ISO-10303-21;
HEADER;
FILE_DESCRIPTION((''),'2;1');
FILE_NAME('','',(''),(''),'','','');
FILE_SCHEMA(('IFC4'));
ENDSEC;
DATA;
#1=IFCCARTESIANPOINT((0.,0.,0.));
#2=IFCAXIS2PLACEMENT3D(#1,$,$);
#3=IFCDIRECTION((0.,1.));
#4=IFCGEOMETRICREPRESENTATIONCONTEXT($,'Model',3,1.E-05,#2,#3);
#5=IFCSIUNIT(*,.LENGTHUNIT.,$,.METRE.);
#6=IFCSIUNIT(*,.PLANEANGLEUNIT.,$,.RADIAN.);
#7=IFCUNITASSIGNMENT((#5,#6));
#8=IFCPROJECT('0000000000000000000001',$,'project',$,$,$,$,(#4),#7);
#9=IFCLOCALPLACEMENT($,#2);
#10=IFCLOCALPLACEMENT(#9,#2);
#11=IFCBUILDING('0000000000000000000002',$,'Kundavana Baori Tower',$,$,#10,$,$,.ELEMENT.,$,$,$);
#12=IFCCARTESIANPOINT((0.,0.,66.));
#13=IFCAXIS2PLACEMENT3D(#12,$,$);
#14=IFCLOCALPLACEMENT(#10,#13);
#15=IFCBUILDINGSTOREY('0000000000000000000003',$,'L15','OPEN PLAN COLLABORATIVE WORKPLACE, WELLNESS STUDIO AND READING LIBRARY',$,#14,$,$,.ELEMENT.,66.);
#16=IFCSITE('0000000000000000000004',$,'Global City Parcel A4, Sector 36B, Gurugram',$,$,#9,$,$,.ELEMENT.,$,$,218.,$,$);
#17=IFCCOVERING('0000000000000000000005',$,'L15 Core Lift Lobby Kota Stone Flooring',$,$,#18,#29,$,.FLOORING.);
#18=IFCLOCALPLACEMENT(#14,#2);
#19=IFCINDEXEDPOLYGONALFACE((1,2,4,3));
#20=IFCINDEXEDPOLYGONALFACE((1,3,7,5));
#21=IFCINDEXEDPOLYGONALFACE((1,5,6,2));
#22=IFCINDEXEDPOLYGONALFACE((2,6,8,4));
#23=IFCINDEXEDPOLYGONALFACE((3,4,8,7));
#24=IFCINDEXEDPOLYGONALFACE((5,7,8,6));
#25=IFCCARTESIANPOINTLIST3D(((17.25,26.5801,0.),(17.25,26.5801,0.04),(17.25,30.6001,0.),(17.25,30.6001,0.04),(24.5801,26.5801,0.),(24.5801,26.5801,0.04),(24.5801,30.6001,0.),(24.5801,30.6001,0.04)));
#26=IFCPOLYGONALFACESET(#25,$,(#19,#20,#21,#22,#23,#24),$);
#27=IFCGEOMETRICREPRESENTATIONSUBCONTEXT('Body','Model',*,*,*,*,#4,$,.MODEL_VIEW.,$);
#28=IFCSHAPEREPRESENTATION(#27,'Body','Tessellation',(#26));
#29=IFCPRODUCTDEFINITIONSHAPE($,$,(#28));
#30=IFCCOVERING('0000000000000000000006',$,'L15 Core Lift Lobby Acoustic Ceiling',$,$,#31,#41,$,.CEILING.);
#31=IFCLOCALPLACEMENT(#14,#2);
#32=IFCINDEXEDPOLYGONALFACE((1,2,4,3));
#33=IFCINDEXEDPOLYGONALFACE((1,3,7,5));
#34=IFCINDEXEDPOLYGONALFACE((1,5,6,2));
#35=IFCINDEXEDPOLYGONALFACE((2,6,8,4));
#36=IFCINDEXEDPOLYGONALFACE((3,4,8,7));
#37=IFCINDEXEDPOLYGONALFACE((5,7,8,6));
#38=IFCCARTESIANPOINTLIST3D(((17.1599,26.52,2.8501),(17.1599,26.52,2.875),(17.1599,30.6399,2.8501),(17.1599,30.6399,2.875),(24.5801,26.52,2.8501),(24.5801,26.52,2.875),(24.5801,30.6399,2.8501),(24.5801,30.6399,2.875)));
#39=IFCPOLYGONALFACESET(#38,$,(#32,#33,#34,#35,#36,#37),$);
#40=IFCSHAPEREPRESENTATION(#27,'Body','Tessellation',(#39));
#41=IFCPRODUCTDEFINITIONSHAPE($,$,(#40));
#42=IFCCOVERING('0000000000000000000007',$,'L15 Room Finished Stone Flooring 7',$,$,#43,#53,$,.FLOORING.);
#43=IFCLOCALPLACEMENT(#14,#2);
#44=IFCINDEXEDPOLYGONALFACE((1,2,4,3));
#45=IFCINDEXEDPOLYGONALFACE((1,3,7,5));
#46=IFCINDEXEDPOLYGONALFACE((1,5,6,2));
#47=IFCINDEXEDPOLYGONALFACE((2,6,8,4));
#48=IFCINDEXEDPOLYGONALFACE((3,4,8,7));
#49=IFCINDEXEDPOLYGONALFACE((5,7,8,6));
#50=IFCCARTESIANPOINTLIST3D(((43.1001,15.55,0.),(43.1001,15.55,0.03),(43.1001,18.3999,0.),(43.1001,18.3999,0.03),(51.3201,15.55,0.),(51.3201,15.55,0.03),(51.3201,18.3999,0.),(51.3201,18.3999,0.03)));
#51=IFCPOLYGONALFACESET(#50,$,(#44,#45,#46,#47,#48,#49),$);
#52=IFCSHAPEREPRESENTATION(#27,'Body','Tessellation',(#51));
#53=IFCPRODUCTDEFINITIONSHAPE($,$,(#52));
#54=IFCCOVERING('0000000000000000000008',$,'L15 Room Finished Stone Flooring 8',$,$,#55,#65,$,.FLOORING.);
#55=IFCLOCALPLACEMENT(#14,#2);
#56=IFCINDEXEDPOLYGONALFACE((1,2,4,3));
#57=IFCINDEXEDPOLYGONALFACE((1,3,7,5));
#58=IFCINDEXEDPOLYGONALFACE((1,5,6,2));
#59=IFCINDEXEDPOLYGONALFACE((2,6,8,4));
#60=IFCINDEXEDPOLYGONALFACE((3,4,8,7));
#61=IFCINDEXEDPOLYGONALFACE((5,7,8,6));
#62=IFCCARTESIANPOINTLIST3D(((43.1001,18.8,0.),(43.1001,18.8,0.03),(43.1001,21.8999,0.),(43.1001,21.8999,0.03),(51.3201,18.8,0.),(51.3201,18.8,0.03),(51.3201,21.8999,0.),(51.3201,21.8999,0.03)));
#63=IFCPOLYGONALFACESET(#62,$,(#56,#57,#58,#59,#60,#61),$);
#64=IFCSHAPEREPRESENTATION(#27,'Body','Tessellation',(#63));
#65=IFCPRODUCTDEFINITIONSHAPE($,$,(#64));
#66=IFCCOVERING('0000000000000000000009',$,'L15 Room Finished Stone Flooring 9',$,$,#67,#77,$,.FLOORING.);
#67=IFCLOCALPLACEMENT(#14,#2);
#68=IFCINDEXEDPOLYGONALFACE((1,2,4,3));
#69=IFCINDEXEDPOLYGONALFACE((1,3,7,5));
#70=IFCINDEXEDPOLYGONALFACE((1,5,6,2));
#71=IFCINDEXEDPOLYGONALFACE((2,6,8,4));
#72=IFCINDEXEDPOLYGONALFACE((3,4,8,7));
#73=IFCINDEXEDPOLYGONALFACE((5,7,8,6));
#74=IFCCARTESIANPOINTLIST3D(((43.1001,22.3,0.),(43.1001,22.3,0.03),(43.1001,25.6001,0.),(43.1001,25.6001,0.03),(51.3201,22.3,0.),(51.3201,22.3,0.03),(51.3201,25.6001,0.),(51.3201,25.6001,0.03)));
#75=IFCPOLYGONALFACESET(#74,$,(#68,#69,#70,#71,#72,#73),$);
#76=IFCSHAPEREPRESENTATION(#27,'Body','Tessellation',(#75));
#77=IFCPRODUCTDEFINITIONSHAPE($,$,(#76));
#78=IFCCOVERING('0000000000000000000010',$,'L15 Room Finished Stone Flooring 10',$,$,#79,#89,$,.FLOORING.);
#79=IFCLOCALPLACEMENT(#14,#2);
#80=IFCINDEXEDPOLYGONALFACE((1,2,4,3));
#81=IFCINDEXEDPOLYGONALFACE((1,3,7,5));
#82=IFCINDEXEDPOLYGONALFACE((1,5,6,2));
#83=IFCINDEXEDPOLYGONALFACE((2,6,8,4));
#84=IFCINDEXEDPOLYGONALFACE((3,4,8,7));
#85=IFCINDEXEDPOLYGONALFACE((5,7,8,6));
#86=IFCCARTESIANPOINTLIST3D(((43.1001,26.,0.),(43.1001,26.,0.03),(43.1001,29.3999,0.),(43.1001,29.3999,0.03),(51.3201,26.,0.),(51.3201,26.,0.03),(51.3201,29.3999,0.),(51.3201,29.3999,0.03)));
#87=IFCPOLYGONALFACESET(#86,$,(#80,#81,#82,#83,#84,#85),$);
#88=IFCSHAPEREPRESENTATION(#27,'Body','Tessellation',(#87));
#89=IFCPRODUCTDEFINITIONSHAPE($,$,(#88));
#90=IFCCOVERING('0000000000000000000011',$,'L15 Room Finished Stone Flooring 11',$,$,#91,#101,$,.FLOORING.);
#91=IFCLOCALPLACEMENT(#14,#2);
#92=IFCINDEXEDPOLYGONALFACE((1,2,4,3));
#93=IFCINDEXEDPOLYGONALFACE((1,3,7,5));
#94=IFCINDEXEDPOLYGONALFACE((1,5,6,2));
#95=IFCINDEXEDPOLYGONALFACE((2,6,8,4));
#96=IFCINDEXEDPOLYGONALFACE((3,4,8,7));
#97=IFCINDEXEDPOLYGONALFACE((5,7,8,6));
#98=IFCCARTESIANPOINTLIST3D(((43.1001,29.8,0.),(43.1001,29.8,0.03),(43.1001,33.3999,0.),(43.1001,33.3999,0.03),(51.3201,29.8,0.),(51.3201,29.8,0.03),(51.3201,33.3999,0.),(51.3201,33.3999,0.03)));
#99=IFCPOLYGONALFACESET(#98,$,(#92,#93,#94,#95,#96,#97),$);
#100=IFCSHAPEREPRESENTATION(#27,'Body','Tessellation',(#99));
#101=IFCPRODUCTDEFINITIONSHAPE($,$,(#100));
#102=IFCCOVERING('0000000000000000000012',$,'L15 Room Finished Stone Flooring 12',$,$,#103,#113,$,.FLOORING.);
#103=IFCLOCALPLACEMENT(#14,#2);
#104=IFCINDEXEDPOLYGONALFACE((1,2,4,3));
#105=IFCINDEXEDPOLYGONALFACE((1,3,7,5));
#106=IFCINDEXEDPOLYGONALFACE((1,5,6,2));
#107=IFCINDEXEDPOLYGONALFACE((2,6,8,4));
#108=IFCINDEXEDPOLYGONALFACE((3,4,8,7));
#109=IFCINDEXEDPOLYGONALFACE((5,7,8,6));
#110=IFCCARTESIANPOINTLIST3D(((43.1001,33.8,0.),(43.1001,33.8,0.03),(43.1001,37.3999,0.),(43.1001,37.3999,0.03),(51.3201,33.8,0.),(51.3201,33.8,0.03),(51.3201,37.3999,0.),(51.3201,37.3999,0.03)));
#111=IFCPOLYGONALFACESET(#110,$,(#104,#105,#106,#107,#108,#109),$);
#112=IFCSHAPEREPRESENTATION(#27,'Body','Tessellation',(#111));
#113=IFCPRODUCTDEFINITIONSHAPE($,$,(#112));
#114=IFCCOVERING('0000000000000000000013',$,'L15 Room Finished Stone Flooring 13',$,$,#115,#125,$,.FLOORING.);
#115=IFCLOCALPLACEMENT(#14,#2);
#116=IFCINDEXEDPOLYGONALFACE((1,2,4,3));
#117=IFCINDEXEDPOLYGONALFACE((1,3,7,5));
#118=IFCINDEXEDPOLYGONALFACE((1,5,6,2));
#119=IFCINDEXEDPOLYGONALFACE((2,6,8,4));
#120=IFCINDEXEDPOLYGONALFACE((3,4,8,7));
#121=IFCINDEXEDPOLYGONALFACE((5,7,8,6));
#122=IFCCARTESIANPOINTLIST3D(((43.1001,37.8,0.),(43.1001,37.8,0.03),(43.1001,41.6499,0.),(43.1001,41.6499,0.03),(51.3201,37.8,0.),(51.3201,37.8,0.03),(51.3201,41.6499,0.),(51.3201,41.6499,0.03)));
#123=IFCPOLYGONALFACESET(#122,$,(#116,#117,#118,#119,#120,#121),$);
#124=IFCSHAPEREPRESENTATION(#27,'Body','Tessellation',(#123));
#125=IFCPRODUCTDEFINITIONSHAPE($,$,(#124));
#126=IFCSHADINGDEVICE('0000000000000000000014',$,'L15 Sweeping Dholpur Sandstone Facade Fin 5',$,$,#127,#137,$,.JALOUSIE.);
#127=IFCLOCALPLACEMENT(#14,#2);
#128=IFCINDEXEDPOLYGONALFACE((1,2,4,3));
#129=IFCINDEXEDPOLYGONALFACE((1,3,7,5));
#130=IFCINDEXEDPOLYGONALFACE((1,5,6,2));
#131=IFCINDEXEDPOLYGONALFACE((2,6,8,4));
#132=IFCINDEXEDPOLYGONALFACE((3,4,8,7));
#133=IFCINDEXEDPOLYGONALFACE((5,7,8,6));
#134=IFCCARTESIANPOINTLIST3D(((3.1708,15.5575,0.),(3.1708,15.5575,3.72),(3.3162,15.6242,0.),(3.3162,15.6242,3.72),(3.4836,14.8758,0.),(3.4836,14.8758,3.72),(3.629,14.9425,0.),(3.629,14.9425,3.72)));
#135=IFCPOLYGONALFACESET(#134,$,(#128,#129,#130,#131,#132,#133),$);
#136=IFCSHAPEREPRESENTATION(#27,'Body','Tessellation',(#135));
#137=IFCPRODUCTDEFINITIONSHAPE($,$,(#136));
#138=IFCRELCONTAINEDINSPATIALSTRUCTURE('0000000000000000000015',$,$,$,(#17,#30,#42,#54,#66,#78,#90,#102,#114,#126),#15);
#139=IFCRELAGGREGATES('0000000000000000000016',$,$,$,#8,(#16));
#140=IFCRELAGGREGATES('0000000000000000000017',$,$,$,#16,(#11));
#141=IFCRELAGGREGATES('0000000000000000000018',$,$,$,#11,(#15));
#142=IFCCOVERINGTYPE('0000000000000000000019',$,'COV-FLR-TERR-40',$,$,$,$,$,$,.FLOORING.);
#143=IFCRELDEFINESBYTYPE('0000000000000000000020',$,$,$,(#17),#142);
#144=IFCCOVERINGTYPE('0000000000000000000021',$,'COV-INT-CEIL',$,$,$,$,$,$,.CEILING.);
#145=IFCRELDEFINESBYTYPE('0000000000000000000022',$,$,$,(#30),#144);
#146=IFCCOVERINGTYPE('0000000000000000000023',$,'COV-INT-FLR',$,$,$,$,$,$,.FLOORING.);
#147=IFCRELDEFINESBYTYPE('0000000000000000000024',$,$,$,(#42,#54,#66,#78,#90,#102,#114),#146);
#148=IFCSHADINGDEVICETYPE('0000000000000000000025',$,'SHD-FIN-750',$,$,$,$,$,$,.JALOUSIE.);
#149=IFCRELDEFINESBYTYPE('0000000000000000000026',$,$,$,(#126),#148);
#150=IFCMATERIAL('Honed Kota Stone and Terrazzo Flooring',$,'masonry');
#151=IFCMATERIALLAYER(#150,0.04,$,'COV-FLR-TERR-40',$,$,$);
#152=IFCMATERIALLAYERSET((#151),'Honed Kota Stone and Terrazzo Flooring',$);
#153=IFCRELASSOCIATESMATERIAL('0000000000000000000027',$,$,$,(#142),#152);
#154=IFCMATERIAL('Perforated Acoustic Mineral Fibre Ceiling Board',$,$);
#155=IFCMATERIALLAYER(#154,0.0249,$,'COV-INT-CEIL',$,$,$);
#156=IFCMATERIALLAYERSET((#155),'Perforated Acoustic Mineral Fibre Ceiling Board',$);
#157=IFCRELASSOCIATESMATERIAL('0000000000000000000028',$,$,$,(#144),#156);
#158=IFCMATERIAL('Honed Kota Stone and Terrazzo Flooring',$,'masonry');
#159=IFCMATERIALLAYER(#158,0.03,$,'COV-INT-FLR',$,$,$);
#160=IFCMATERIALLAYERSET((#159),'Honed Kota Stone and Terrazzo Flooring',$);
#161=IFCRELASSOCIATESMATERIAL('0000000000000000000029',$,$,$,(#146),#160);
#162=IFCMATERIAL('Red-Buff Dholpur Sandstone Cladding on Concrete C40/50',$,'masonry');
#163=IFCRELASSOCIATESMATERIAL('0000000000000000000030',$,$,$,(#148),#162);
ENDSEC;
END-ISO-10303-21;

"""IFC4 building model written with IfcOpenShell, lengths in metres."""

from ifc_helpers import new_model, si_unit, direction, frame, origin, origin_2d, place, context, subcontext, project, spatial, polyline, rectangle, outline, extrude, material, layer, layer_set, type_object, element, save


model = new_model("IFC4")

# Units and contexts
model_context = context("Model", 3, precision=1e-05, world=origin(), true_north=direction((0.0, 1.0)))
body_context = subcontext(model_context, "Body", "Model", "MODEL_VIEW")
ifc_project = project(units=[si_unit("LENGTHUNIT", "METRE"), si_unit("PLANEANGLEUNIT", "RADIAN")], contexts=[model_context])

# Site, building, storey
site_placement = place(None, origin())
site = spatial("IfcSite", under=ifc_project, at=site_placement, Name="Global City Parcel A4, Sector 36B, Gurugram", CompositionType="ELEMENT", RefElevation=218.0)
building_placement = place(site_placement, origin())
building = spatial("IfcBuilding", under=site, at=building_placement, Name="Kundavana Baori Tower", CompositionType="ELEMENT")
storey_placement = place(building_placement, frame((0.0, 0.0, 66.0)))
storey = spatial("IfcBuildingStorey", under=building, at=storey_placement, Name="L15", Description="OPEN PLAN COLLABORATIVE WORKPLACE, WELLNESS STUDIO AND READING LIBRARY", CompositionType="ELEMENT", Elevation=66.0)

# Coverings
ifc_material_1 = material(Name="Honed Kota Stone and Terrazzo Flooring", Category="masonry")
ifc_layer_1 = layer(ifc_material_1, 0.04, Name="COV-FLR-TERR-40")
ifc_layer_set_1 = layer_set([ifc_layer_1], Name="Honed Kota Stone and Terrazzo Flooring")
covering_type_1 = type_object("IfcCoveringType", Name="COV-FLR-TERR-40", PredefinedType="FLOORING", material=ifc_layer_set_1)
covering_1_placement = place(storey_placement, origin())
element("IfcCovering", 1, at=covering_1_placement, inside=storey, type_object=covering_type_1, Name="L15 Core Lift Lobby Kota Stone Flooring", PredefinedType="FLOORING", context=body_context, shape_type="SweptSolid", body=[
    extrude(outline(polyline([(17.25, 26.5801), (24.5801, 26.5801), (24.5801, 30.6001), (17.25, 30.6001), (17.25, 26.5801)])), origin(), (0.0, 0.0, 1.0), 0.04),
])
ifc_material_2 = material(Name="Perforated Acoustic Mineral Fibre Ceiling Board")
ifc_layer_2 = layer(ifc_material_2, 0.0249, Name="COV-INT-CEIL")
ifc_layer_set_2 = layer_set([ifc_layer_2], Name="Perforated Acoustic Mineral Fibre Ceiling Board")
covering_type_2 = type_object("IfcCoveringType", Name="COV-INT-CEIL", PredefinedType="CEILING", material=ifc_layer_set_2)
covering_2_placement = place(storey_placement, frame((0.0, 0.0, 2.8501)))
element("IfcCovering", 2, at=covering_2_placement, inside=storey, type_object=covering_type_2, Name="L15 Core Lift Lobby Acoustic Ceiling", PredefinedType="CEILING", context=body_context, shape_type="SweptSolid", body=[
    extrude(outline(polyline([(17.1599, 26.52), (24.5801, 26.52), (24.5801, 30.6399), (17.1599, 30.6399), (17.1599, 26.52)])), origin(), (0.0, 0.0, 1.0), 0.0249),
])
ifc_material_3 = material(Name="Honed Kota Stone and Terrazzo Flooring", Category="masonry")
ifc_layer_3 = layer(ifc_material_3, 0.03, Name="COV-INT-FLR")
ifc_layer_set_3 = layer_set([ifc_layer_3], Name="Honed Kota Stone and Terrazzo Flooring")
covering_type_3 = type_object("IfcCoveringType", Name="COV-INT-FLR", PredefinedType="FLOORING", material=ifc_layer_set_3)
covering_3_placement = place(storey_placement, origin())
element("IfcCovering", 3, at=covering_3_placement, inside=storey, type_object=covering_type_3, Name="L15 Room Finished Stone Flooring 7", PredefinedType="FLOORING", context=body_context, shape_type="SweptSolid", body=[
    extrude(outline(polyline([(43.1001, 15.55), (51.3201, 15.55), (51.3201, 18.3999), (43.1001, 18.3999), (43.1001, 15.55)])), origin(), (0.0, 0.0, 1.0), 0.03),
])
covering_4_placement = place(storey_placement, origin())
element("IfcCovering", 4, at=covering_4_placement, inside=storey, type_object=covering_type_3, Name="L15 Room Finished Stone Flooring 8", PredefinedType="FLOORING", context=body_context, shape_type="SweptSolid", body=[
    extrude(outline(polyline([(43.1001, 18.8), (51.3201, 18.8), (51.3201, 21.8999), (43.1001, 21.8999), (43.1001, 18.8)])), origin(), (0.0, 0.0, 1.0), 0.03),
])
covering_5_placement = place(storey_placement, origin())
element("IfcCovering", 5, at=covering_5_placement, inside=storey, type_object=covering_type_3, Name="L15 Room Finished Stone Flooring 9", PredefinedType="FLOORING", context=body_context, shape_type="SweptSolid", body=[
    extrude(outline(polyline([(43.1001, 22.3), (51.3201, 22.3), (51.3201, 25.6001), (43.1001, 25.6001), (43.1001, 22.3)])), origin(), (0.0, 0.0, 1.0), 0.03),
])
covering_6_placement = place(storey_placement, origin())
element("IfcCovering", 6, at=covering_6_placement, inside=storey, type_object=covering_type_3, Name="L15 Room Finished Stone Flooring 10", PredefinedType="FLOORING", context=body_context, shape_type="SweptSolid", body=[
    extrude(outline(polyline([(43.1001, 26.0), (51.3201, 26.0), (51.3201, 29.3999), (43.1001, 29.3999), (43.1001, 26.0)])), origin(), (0.0, 0.0, 1.0), 0.03),
])
covering_7_placement = place(storey_placement, origin())
element("IfcCovering", 7, at=covering_7_placement, inside=storey, type_object=covering_type_3, Name="L15 Room Finished Stone Flooring 11", PredefinedType="FLOORING", context=body_context, shape_type="SweptSolid", body=[
    extrude(outline(polyline([(43.1001, 29.8), (51.3201, 29.8), (51.3201, 33.3999), (43.1001, 33.3999), (43.1001, 29.8)])), origin(), (0.0, 0.0, 1.0), 0.03),
])
covering_8_placement = place(storey_placement, origin())
element("IfcCovering", 8, at=covering_8_placement, inside=storey, type_object=covering_type_3, Name="L15 Room Finished Stone Flooring 12", PredefinedType="FLOORING", context=body_context, shape_type="SweptSolid", body=[
    extrude(outline(polyline([(43.1001, 33.8), (51.3201, 33.8), (51.3201, 37.3999), (43.1001, 37.3999), (43.1001, 33.8)])), origin(), (0.0, 0.0, 1.0), 0.03),
])
covering_9_placement = place(storey_placement, origin())
element("IfcCovering", 9, at=covering_9_placement, inside=storey, type_object=covering_type_3, Name="L15 Room Finished Stone Flooring 13", PredefinedType="FLOORING", context=body_context, shape_type="SweptSolid", body=[
    extrude(outline(polyline([(43.1001, 37.8), (51.3201, 37.8), (51.3201, 41.6499), (43.1001, 41.6499), (43.1001, 37.8)])), origin(), (0.0, 0.0, 1.0), 0.03),
])

# Shading device
ifc_material_4 = material(Name="Red-Buff Dholpur Sandstone Cladding on Concrete C40/50", Category="masonry")
shading_device_type = type_object("IfcShadingDeviceType", Name="SHD-FIN-750", PredefinedType="JALOUSIE", material=ifc_material_4)
shading_device_placement = place(storey_placement, frame((3.3999, 15.25, 0.0), z_axis=(0.0, 0.0, 1.0), x_axis=(0.908872, 0.417074, 0.0)))
element("IfcShadingDevice", 10, at=shading_device_placement, inside=storey, type_object=shading_device_type, Name="L15 Sweeping Dholpur Sandstone Facade Fin 5", PredefinedType="JALOUSIE", context=body_context, shape_type="SweptSolid", body=[
    extrude(rectangle(XDim=0.1599, YDim=0.75, at=origin_2d()), origin(), (0.0, 0.0, 1.0), 3.72),
])

save(model, "model.ifc")
